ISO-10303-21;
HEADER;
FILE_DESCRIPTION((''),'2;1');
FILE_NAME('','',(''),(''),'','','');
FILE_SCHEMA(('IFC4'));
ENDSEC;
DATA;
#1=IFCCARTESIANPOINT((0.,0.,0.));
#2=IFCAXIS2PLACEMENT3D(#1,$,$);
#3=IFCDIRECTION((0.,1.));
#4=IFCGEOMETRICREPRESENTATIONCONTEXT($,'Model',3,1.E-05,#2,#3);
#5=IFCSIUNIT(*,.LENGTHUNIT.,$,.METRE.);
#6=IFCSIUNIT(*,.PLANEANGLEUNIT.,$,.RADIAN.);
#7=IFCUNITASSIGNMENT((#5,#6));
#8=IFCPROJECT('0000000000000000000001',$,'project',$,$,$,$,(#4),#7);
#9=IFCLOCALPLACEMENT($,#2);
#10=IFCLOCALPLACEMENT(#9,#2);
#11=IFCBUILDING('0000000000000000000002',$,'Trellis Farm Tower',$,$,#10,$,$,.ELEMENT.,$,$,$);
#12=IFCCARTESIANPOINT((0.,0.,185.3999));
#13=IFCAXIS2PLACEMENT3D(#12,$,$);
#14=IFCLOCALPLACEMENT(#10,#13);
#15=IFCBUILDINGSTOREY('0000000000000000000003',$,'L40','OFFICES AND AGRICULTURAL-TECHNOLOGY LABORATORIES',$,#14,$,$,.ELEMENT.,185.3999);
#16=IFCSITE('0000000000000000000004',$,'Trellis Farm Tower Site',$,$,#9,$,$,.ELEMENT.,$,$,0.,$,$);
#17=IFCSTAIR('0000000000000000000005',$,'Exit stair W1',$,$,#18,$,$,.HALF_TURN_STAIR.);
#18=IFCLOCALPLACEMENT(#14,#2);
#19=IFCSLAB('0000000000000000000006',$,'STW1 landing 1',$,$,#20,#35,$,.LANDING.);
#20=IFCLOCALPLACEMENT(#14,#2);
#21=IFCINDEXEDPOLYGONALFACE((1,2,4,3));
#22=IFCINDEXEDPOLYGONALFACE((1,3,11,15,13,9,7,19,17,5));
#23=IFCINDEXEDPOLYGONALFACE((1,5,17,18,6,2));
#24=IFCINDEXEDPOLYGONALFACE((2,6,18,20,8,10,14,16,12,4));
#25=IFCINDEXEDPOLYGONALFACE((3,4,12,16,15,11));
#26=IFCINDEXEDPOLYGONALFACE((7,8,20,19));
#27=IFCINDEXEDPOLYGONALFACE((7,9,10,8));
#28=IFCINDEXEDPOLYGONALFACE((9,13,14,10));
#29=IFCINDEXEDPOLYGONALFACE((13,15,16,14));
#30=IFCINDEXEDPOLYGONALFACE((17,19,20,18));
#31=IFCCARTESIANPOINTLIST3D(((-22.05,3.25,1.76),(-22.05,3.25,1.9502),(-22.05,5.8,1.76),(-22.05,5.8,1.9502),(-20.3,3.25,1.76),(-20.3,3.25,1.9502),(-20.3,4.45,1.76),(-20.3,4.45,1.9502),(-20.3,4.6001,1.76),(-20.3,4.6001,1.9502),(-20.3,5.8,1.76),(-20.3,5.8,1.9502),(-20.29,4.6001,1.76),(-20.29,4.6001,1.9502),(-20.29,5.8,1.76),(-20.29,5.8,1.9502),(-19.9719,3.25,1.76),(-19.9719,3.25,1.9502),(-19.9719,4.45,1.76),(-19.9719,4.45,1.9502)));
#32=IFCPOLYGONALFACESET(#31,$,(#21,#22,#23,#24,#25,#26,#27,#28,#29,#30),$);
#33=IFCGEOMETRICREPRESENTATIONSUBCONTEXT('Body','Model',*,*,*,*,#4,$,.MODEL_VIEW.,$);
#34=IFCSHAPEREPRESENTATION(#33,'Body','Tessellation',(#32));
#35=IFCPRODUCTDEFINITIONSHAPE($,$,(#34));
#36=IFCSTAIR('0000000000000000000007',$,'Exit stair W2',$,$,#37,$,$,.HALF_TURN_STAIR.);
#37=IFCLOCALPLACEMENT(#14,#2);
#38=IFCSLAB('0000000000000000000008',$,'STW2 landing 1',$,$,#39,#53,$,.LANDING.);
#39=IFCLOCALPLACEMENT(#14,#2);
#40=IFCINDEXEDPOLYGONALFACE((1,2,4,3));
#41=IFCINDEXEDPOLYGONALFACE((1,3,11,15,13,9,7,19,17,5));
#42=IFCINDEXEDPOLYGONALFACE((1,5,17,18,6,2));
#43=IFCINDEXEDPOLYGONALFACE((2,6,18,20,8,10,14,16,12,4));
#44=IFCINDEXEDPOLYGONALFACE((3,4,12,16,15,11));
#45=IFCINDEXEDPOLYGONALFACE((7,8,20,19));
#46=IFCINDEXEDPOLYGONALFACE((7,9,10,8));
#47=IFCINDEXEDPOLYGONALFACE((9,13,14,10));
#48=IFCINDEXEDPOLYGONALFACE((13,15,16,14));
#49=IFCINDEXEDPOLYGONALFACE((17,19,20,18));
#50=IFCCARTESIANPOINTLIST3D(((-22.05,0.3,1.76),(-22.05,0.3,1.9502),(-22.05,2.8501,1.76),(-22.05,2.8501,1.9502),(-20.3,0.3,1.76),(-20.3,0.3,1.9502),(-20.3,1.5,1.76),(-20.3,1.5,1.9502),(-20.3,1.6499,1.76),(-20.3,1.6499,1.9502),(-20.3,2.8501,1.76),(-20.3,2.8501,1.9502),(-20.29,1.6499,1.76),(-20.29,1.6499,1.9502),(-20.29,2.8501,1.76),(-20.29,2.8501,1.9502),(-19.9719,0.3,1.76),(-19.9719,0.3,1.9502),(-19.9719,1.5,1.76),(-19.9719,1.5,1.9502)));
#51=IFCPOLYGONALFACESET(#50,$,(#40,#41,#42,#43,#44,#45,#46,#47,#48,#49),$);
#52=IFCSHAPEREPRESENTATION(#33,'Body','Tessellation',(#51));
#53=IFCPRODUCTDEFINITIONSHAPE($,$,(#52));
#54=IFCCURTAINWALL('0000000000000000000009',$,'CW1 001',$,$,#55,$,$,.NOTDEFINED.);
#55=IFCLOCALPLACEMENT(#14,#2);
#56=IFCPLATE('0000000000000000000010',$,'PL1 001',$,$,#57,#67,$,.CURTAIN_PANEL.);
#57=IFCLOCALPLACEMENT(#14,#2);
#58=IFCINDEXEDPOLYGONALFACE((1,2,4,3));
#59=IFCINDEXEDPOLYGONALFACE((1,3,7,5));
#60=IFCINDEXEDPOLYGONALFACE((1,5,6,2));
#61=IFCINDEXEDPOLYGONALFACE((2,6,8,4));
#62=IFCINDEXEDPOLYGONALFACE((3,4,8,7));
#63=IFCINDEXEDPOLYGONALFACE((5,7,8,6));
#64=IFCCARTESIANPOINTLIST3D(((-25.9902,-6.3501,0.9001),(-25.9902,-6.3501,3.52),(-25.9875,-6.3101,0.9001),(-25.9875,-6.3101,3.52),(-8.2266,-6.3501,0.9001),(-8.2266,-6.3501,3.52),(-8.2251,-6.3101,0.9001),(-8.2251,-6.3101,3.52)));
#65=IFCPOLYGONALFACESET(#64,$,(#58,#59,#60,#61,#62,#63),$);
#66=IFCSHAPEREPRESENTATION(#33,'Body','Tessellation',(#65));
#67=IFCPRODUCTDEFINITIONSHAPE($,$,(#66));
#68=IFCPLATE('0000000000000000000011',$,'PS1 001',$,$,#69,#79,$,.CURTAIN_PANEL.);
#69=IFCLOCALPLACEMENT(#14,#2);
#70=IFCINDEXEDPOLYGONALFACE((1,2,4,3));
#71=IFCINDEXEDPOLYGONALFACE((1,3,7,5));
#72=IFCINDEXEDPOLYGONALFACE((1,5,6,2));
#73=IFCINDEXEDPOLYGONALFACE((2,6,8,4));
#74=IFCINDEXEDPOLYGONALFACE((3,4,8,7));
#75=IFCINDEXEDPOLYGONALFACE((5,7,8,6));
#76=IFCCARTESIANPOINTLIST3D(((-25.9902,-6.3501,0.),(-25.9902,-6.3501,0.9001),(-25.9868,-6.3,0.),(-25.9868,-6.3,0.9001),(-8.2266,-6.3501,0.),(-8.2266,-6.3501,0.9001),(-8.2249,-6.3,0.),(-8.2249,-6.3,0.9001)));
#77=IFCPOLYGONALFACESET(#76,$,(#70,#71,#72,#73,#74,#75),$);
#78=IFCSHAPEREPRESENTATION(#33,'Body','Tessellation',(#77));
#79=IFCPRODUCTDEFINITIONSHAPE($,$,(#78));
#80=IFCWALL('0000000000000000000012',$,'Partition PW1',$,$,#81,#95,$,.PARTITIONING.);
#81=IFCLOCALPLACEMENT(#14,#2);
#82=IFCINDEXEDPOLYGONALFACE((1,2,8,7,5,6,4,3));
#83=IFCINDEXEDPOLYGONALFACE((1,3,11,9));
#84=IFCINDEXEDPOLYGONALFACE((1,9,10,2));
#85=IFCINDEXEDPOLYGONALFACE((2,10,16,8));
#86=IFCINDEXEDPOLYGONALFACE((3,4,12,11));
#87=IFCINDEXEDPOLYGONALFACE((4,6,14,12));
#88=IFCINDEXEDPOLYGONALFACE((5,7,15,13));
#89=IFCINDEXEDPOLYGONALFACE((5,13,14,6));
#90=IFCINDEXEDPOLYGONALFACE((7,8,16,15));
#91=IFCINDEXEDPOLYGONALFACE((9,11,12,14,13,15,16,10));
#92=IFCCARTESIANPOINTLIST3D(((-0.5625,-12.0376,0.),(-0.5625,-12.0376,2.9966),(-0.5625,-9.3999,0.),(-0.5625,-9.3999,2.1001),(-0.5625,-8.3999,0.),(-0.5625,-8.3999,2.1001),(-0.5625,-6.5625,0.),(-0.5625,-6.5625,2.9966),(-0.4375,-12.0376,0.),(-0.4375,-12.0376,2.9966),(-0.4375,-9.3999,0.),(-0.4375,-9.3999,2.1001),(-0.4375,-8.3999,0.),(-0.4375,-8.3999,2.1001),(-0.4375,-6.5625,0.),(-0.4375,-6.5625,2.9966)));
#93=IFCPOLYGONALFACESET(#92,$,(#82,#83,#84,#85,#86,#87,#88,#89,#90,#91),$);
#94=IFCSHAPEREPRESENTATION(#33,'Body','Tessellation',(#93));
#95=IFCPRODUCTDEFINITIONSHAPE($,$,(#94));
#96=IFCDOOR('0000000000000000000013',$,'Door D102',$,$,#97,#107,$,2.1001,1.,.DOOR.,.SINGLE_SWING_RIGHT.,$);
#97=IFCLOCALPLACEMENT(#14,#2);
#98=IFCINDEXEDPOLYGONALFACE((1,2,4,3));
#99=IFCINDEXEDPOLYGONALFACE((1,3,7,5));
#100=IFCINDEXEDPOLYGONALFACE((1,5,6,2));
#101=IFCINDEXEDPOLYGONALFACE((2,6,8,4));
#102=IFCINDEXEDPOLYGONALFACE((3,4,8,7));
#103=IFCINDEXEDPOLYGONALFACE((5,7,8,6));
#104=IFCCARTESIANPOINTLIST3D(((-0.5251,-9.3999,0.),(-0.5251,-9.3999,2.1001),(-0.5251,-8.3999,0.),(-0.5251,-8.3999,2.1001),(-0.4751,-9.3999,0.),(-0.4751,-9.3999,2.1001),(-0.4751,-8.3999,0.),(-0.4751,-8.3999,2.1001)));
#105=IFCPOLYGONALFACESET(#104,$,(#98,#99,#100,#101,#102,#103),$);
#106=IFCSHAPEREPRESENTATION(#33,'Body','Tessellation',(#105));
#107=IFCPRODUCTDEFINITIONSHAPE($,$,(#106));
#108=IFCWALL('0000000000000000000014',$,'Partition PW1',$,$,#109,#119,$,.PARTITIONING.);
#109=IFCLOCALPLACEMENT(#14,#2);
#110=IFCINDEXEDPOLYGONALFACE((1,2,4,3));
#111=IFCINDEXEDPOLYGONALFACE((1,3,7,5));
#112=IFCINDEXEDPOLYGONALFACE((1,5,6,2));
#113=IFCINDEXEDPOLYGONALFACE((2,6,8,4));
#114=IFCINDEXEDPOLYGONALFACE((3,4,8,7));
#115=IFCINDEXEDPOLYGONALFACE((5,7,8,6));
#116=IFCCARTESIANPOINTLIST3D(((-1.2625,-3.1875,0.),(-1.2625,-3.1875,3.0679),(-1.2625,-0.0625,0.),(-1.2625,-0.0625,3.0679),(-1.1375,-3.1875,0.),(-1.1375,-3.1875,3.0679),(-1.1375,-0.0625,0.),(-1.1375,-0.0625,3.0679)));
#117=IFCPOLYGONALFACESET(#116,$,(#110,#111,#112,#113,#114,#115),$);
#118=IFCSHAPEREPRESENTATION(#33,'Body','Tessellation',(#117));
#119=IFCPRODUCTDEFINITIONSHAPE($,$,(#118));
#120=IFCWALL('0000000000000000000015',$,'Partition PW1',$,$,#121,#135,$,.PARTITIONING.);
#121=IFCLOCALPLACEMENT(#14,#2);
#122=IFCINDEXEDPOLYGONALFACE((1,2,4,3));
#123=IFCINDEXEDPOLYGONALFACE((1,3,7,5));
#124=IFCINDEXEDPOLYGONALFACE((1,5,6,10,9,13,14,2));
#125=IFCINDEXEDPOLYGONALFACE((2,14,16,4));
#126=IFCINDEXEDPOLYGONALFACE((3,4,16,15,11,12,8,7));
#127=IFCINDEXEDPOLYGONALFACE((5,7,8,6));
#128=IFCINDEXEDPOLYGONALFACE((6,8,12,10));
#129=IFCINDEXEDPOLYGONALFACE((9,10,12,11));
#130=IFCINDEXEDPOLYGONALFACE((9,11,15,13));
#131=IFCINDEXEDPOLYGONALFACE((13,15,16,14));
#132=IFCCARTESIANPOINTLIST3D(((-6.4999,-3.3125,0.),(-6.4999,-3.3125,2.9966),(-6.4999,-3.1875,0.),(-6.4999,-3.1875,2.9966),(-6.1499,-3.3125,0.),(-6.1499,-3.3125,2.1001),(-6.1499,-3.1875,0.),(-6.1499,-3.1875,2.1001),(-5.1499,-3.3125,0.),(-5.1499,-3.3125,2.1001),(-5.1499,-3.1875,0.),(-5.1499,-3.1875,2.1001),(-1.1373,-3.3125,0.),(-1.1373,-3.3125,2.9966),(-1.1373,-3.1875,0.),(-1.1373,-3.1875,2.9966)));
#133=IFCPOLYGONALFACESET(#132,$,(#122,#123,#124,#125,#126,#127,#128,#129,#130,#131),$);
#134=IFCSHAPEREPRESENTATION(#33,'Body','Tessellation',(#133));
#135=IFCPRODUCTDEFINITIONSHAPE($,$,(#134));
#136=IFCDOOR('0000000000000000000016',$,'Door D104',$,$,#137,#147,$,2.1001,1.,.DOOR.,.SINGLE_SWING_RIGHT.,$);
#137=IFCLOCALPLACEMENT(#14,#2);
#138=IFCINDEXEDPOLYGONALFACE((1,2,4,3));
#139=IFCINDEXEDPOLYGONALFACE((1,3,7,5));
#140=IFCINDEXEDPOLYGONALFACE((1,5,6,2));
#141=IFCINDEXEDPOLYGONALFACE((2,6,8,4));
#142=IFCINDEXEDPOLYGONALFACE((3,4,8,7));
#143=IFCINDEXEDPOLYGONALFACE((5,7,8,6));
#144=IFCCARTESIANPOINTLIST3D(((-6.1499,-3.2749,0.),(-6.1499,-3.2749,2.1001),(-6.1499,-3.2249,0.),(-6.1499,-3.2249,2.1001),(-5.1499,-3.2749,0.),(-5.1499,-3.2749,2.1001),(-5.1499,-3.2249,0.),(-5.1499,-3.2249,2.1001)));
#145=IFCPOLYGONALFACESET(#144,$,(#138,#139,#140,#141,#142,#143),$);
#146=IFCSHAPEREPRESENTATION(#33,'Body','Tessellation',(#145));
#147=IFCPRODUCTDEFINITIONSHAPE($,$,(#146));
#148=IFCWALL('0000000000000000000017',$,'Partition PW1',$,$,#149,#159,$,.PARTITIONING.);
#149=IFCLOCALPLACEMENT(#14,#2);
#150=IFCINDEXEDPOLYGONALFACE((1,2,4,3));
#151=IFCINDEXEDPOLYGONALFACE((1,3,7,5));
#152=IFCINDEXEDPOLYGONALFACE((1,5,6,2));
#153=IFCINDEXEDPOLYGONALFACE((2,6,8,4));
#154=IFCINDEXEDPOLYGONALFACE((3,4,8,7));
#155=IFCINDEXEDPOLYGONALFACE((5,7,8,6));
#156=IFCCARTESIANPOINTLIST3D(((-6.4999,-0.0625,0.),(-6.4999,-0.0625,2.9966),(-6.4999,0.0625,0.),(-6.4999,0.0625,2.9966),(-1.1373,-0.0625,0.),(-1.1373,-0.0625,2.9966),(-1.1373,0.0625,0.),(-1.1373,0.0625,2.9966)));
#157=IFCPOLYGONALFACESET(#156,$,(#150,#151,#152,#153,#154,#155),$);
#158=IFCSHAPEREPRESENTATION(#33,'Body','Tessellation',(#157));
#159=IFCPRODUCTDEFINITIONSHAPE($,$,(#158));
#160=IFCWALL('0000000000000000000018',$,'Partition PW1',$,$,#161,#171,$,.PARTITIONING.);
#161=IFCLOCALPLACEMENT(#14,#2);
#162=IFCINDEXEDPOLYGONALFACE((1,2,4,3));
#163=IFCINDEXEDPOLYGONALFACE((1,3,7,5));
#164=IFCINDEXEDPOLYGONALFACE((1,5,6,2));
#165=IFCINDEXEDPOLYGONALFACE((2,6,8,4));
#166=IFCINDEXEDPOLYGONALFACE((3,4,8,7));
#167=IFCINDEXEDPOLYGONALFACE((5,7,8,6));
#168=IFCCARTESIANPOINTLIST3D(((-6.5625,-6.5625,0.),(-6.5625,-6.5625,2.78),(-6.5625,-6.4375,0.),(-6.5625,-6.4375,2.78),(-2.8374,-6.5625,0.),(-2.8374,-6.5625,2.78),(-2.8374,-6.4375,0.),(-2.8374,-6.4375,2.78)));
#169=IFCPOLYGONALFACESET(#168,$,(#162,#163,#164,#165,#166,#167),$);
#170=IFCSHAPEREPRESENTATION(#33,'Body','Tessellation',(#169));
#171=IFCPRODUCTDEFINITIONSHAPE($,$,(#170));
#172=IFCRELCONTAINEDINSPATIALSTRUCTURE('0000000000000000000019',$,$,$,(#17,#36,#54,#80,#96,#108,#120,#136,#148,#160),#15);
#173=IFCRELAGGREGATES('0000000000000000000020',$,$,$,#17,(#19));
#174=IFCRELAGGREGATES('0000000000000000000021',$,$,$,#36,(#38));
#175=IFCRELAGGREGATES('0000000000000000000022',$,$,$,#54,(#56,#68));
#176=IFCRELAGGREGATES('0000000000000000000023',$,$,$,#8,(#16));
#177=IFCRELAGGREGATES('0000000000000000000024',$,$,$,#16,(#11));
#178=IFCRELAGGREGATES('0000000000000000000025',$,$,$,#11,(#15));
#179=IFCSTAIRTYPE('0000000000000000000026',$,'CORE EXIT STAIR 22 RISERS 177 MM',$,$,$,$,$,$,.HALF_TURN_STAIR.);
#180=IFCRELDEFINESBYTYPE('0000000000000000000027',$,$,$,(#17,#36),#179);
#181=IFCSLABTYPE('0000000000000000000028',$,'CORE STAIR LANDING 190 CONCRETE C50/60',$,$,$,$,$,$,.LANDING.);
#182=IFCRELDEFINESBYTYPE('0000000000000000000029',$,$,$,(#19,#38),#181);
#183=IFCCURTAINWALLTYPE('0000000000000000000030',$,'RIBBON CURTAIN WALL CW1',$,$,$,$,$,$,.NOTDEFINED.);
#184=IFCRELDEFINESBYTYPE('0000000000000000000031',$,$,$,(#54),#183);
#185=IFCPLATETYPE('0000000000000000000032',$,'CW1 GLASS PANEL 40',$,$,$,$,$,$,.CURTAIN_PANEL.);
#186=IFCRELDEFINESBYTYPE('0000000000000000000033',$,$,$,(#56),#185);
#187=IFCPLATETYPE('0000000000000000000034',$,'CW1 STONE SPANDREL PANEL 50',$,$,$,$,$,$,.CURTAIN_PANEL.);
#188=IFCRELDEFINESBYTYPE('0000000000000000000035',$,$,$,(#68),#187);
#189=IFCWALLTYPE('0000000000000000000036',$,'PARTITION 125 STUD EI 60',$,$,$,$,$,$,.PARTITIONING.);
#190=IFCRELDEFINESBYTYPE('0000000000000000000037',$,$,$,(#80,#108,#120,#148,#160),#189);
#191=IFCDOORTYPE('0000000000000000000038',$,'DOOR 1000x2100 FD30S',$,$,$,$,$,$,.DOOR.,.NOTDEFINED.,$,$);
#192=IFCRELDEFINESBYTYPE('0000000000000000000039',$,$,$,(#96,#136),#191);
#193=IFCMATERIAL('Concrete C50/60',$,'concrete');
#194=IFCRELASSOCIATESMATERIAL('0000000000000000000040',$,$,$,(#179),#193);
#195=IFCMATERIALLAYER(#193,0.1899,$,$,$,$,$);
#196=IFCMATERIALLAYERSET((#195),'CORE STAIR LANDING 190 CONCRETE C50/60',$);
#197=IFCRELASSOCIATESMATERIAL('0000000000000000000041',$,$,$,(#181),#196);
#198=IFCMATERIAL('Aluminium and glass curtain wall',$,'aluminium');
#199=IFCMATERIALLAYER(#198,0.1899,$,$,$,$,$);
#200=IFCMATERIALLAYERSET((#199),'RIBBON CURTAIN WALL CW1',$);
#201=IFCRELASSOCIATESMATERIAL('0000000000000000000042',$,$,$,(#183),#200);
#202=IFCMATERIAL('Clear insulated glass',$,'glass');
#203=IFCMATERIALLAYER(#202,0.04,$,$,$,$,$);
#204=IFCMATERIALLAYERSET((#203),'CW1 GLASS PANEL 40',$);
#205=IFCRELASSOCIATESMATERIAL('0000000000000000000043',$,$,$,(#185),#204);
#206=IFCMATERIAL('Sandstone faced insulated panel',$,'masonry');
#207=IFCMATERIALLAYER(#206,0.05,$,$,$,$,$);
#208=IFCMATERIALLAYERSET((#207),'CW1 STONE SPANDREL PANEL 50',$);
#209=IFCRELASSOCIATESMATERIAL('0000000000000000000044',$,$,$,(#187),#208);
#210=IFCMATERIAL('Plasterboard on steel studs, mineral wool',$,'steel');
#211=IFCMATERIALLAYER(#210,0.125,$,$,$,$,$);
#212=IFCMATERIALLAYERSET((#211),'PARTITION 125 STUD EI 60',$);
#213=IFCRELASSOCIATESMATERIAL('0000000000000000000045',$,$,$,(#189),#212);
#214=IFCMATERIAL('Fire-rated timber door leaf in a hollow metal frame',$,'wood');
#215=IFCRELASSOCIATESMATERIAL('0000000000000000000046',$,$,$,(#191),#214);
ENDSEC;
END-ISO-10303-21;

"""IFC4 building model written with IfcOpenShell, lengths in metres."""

from ifc_helpers import new_model, si_unit, direction, frame, frame_2d, origin, place, context, subcontext, project, spatial, polyline, rectangle, outline, extrude, source, transform, mapped, material, layer, layer_set, type_object, element, fill, aggregate, save


model = new_model("IFC4")

# Units and contexts
model_context = context("Model", 3, precision=1e-05, world=origin(), true_north=direction((0.0, 1.0)))
body_context = subcontext(model_context, "Body", "Model", "MODEL_VIEW")
ifc_project = project(units=[si_unit("LENGTHUNIT", "METRE"), si_unit("PLANEANGLEUNIT", "RADIAN")], contexts=[model_context])

# Site, building, storey
site_placement = place(None, origin())
site = spatial("IfcSite", under=ifc_project, at=site_placement, Name="Trellis Farm Tower Site", CompositionType="ELEMENT", RefElevation=0.0)
building_placement = place(site_placement, origin())
building = spatial("IfcBuilding", under=site, at=building_placement, Name="Trellis Farm Tower", CompositionType="ELEMENT")
storey_placement = place(building_placement, frame((0.0, 0.0, 185.3999)))
storey = spatial("IfcBuildingStorey", under=building, at=storey_placement, Name="L40", Description="OFFICES AND AGRICULTURAL-TECHNOLOGY LABORATORIES", CompositionType="ELEMENT", Elevation=185.3999)

# Stairs, slabs
ifc_material_1 = material(Name="Concrete C50/60", Category="concrete")
stair_type = type_object("IfcStairType", Name="CORE EXIT STAIR 22 RISERS 177 MM", PredefinedType="HALF_TURN_STAIR", material=ifc_material_1)
placement_1 = place(storey_placement, origin())
ifc_layer_1 = layer(ifc_material_1, 0.1899)
ifc_layer_set_1 = layer_set([ifc_layer_1], Name="CORE STAIR LANDING 190 CONCRETE C50/60")
slab_type_1 = type_object("IfcSlabType", Name="CORE STAIR LANDING 190 CONCRETE C50/60", PredefinedType="LANDING", material=ifc_layer_set_1)
placement_2 = place(storey_placement, frame((0.0, 0.0, 1.76)))
stair_1 = element("IfcStair", 1, at=placement_1, inside=storey, type_object=stair_type, Name="Exit stair W1", PredefinedType="HALF_TURN_STAIR")
shared_shape_1 = source(origin(), body_context, "Body", "SweptSolid", [
    extrude(outline(polyline([(-19.9719, 4.45), (-19.9719, 3.25), (-20.3, 3.25), (-22.05, 3.25), (-22.05, 5.8), (-20.3, 5.8), (-20.29, 5.8), (-20.29, 4.6001), (-20.3, 4.6001), (-20.3, 4.45), (-19.9719, 4.45)])), origin(), (0.0, 0.0, 1.0), 0.1902),
])
slab_1 = element("IfcSlab", 2, at=placement_2, type_object=slab_type_1, Name="STW1 landing 1", PredefinedType="LANDING", context=body_context, shape_type="MappedRepresentation", body=[
    mapped(shared_shape_1, transform((0.0, 0.0, 0.0))),
])
aggregate(stair_1, [slab_1])
stair_2 = element("IfcStair", 3, at=placement_1, inside=storey, type_object=stair_type, Name="Exit stair W2", PredefinedType="HALF_TURN_STAIR")
shared_shape_2 = source(origin(), body_context, "Body", "SweptSolid", [
    extrude(outline(polyline([(-19.9719, 1.5), (-19.9719, 0.3), (-20.3, 0.3), (-22.05, 0.3), (-22.05, 2.8501), (-20.3, 2.8501), (-20.29, 2.8501), (-20.29, 1.6499), (-20.3, 1.6499), (-20.3, 1.5), (-19.9719, 1.5)])), origin(), (0.0, 0.0, 1.0), 0.1902),
])
slab_2 = element("IfcSlab", 4, at=placement_2, type_object=slab_type_1, Name="STW2 landing 1", PredefinedType="LANDING", context=body_context, shape_type="MappedRepresentation", body=[
    mapped(shared_shape_2, transform((0.0, 0.0, 0.0))),
])
aggregate(stair_2, [slab_2])

# Curtain wall, plates
ifc_material_2 = material(Name="Aluminium and glass curtain wall", Category="aluminium")
ifc_layer_2 = layer(ifc_material_2, 0.1899)
ifc_layer_set_2 = layer_set([ifc_layer_2], Name="RIBBON CURTAIN WALL CW1")
curtain_wall_type = type_object("IfcCurtainWallType", Name="RIBBON CURTAIN WALL CW1", PredefinedType="NOTDEFINED", material=ifc_layer_set_2)
curtain_wall = element("IfcCurtainWall", 5, at=placement_1, inside=storey, type_object=curtain_wall_type, Name="CW1 001", PredefinedType="NOTDEFINED")
ifc_material_3 = material(Name="Clear insulated glass", Category="glass")
ifc_layer_3 = layer(ifc_material_3, 0.04)
ifc_layer_set_3 = layer_set([ifc_layer_3], Name="CW1 GLASS PANEL 40")
plate_type_1 = type_object("IfcPlateType", Name="CW1 GLASS PANEL 40", PredefinedType="CURTAIN_PANEL", material=ifc_layer_set_3)
shared_shape_3 = source(origin(), body_context, "Body", "SweptSolid", [
    extrude(outline(polyline([(-25.9902, -6.3501), (-8.2266, -6.3501), (-8.2251, -6.3101), (-25.9875, -6.3101), (-25.9902, -6.3501)])), origin(), (0.0, 0.0, 1.0), 2.6199),
])
plate_1_placement = place(storey_placement, frame((0.0, 0.0, 0.9001)))
plate_1 = element("IfcPlate", 6, at=plate_1_placement, type_object=plate_type_1, Name="PL1 001", PredefinedType="CURTAIN_PANEL", context=body_context, shape_type="MappedRepresentation", body=[
    mapped(shared_shape_3, transform((0.0, 0.0, 0.0))),
])
ifc_material_4 = material(Name="Sandstone faced insulated panel", Category="masonry")
ifc_layer_4 = layer(ifc_material_4, 0.05)
ifc_layer_set_4 = layer_set([ifc_layer_4], Name="CW1 STONE SPANDREL PANEL 50")
plate_type_2 = type_object("IfcPlateType", Name="CW1 STONE SPANDREL PANEL 50", PredefinedType="CURTAIN_PANEL", material=ifc_layer_set_4)
shared_shape_4 = source(origin(), body_context, "Body", "SweptSolid", [
    extrude(outline(polyline([(-25.9902, -6.3501), (-8.2266, -6.3501), (-8.2249, -6.3), (-25.9868, -6.3), (-25.9902, -6.3501)])), origin(), (0.0, 0.0, 1.0), 0.9001),
])
plate_2 = element("IfcPlate", 7, at=placement_1, type_object=plate_type_2, Name="PS1 001", PredefinedType="CURTAIN_PANEL", context=body_context, shape_type="MappedRepresentation", body=[
    mapped(shared_shape_4, transform((0.0, 0.0, 0.0))),
])
aggregate(curtain_wall, [plate_1, plate_2])

# Wall, opening, door
ifc_material_5 = material(Name="Plasterboard on steel studs, mineral wool", Category="steel")
ifc_layer_5 = layer(ifc_material_5, 0.125)
ifc_layer_set_5 = layer_set([ifc_layer_5], Name="PARTITION 125 STUD EI 60")
wall_type = type_object("IfcWallType", Name="PARTITION 125 STUD EI 60", PredefinedType="PARTITIONING", material=ifc_layer_set_5)
shared_shape_5 = source(origin(), body_context, "Body", "SweptSolid", [
    extrude(rectangle(XDim=5.4751, YDim=0.125, at=frame_2d((2.7375, 0.0))), origin(), (0.0, 0.0, 1.0), 2.9966),
])
wall_1_placement = place(storey_placement, frame((-0.5, -6.5625, 0.0), z_axis=(0.0, 0.0, 1.0), x_axis=(0.0, -1.0, 0.0)))
wall_1 = element("IfcWall", 8, at=wall_1_placement, inside=storey, type_object=wall_type, Name="Partition PW1", PredefinedType="PARTITIONING", context=body_context, shape_type="MappedRepresentation", body=[
    mapped(shared_shape_5, transform((0.0, 0.0, 0.0))),
])
shared_shape_6 = source(origin(), body_context, "Body", "SweptSolid", [
    extrude(rectangle(XDim=1.0, YDim=2.1001, at=frame_2d((0.5, 1.05))), frame((0.0, 0.0725, 0.0), z_axis=(0.0, -1.0, 0.0), x_axis=(1.0, 0.0, 0.0)), (0.0, 0.0, 1.0), 0.145),
])
opening_1_placement = place(wall_1_placement, frame((1.8374, 0.0, 0.0)))
opening_1 = element("IfcOpeningElement", 9, at=opening_1_placement, cuts=wall_1, PredefinedType="OPENING", context=body_context, shape_type="MappedRepresentation", body=[
    mapped(shared_shape_6, transform((0.0, 0.0, 0.0))),
])
ifc_material_6 = material(Name="Fire-rated timber door leaf in a hollow metal frame", Category="wood")
door_type = type_object("IfcDoorType", Name="DOOR 1000x2100 FD30S", OperationType="NOTDEFINED", PredefinedType="DOOR", material=ifc_material_6)
shared_shape_7 = source(origin(), body_context, "Body", "SweptSolid", [
    extrude(rectangle(XDim=1.0, YDim=2.1001, at=frame_2d((0.5, 1.05))), frame((0.0, 0.0249, 0.0), z_axis=(0.0, -1.0, 0.0), x_axis=(1.0, 0.0, 0.0)), (0.0, 0.0, 1.0), 0.05),
])
door_1_placement = place(opening_1_placement, origin())
door_1 = element("IfcDoor", 10, at=door_1_placement, inside=storey, type_object=door_type, Name="Door D102", OperationType="SINGLE_SWING_RIGHT", OverallHeight=2.1001, OverallWidth=1.0, PredefinedType="DOOR", context=body_context, shape_type="MappedRepresentation", body=[
    mapped(shared_shape_7, transform((0.0, 0.0, 0.0))),
])
fill(opening_1, door_1)

# Wall
shared_shape_8 = source(origin(), body_context, "Body", "SweptSolid", [
    extrude(rectangle(XDim=3.125, YDim=0.125, at=frame_2d((1.5625, 0.0))), origin(), (0.0, 0.0, 1.0), 3.0679),
])
wall_2_placement = place(storey_placement, frame((-1.2, -0.0625, 0.0), z_axis=(0.0, 0.0, 1.0), x_axis=(0.0, -1.0, 0.0)))
element("IfcWall", 11, at=wall_2_placement, inside=storey, type_object=wall_type, Name="Partition PW1", PredefinedType="PARTITIONING", context=body_context, shape_type="MappedRepresentation", body=[
    mapped(shared_shape_8, transform((0.0, 0.0, 0.0))),
])

# Wall, opening, door
shared_shape_9 = source(origin(), body_context, "Body", "SweptSolid", [
    extrude(rectangle(XDim=5.3625, YDim=0.125, at=frame_2d((2.6812, 0.0))), origin(), (0.0, 0.0, 1.0), 2.9966),
])
wall_3_placement = place(storey_placement, frame((-1.1375, -3.25, 0.0), z_axis=(0.0, 0.0, 1.0), x_axis=(-1.0, 0.0, 0.0)))
wall_3 = element("IfcWall", 12, at=wall_3_placement, inside=storey, type_object=wall_type, Name="Partition PW1", PredefinedType="PARTITIONING", context=body_context, shape_type="MappedRepresentation", body=[
    mapped(shared_shape_9, transform((0.0, 0.0, 0.0))),
])
opening_2_placement = place(wall_3_placement, frame((4.0125, 0.0, 0.0)))
opening_2 = element("IfcOpeningElement", 13, at=opening_2_placement, cuts=wall_3, PredefinedType="OPENING", context=body_context, shape_type="MappedRepresentation", body=[
    mapped(shared_shape_6, transform((0.0, 0.0, 0.0))),
])
door_2_placement = place(opening_2_placement, origin())
door_2 = element("IfcDoor", 14, at=door_2_placement, inside=storey, type_object=door_type, Name="Door D104", OperationType="SINGLE_SWING_RIGHT", OverallHeight=2.1001, OverallWidth=1.0, PredefinedType="DOOR", context=body_context, shape_type="MappedRepresentation", body=[
    mapped(shared_shape_7, transform((0.0, 0.0, 0.0))),
])
fill(opening_2, door_2)

# Walls
wall_4_placement = place(storey_placement, frame((-1.1375, 0.0, 0.0), z_axis=(0.0, 0.0, 1.0), x_axis=(-1.0, 0.0, 0.0)))
element("IfcWall", 15, at=wall_4_placement, inside=storey, type_object=wall_type, Name="Partition PW1", PredefinedType="PARTITIONING", context=body_context, shape_type="MappedRepresentation", body=[
    mapped(shared_shape_9, transform((0.0, 0.0, 0.0))),
])
shared_shape_10 = source(origin(), body_context, "Body", "SweptSolid", [
    extrude(rectangle(XDim=3.7251, YDim=0.125, at=frame_2d((1.8625, 0.0))), origin(), (0.0, 0.0, 1.0), 2.78),
])
wall_5_placement = place(storey_placement, frame((-2.8374, -6.5, 0.0), z_axis=(0.0, 0.0, 1.0), x_axis=(-1.0, 0.0, 0.0)))
element("IfcWall", 16, at=wall_5_placement, inside=storey, type_object=wall_type, Name="Partition PW1", PredefinedType="PARTITIONING", context=body_context, shape_type="MappedRepresentation", body=[
    mapped(shared_shape_10, transform((0.0, 0.0, 0.0))),
])

save(model, "model.ifc")
